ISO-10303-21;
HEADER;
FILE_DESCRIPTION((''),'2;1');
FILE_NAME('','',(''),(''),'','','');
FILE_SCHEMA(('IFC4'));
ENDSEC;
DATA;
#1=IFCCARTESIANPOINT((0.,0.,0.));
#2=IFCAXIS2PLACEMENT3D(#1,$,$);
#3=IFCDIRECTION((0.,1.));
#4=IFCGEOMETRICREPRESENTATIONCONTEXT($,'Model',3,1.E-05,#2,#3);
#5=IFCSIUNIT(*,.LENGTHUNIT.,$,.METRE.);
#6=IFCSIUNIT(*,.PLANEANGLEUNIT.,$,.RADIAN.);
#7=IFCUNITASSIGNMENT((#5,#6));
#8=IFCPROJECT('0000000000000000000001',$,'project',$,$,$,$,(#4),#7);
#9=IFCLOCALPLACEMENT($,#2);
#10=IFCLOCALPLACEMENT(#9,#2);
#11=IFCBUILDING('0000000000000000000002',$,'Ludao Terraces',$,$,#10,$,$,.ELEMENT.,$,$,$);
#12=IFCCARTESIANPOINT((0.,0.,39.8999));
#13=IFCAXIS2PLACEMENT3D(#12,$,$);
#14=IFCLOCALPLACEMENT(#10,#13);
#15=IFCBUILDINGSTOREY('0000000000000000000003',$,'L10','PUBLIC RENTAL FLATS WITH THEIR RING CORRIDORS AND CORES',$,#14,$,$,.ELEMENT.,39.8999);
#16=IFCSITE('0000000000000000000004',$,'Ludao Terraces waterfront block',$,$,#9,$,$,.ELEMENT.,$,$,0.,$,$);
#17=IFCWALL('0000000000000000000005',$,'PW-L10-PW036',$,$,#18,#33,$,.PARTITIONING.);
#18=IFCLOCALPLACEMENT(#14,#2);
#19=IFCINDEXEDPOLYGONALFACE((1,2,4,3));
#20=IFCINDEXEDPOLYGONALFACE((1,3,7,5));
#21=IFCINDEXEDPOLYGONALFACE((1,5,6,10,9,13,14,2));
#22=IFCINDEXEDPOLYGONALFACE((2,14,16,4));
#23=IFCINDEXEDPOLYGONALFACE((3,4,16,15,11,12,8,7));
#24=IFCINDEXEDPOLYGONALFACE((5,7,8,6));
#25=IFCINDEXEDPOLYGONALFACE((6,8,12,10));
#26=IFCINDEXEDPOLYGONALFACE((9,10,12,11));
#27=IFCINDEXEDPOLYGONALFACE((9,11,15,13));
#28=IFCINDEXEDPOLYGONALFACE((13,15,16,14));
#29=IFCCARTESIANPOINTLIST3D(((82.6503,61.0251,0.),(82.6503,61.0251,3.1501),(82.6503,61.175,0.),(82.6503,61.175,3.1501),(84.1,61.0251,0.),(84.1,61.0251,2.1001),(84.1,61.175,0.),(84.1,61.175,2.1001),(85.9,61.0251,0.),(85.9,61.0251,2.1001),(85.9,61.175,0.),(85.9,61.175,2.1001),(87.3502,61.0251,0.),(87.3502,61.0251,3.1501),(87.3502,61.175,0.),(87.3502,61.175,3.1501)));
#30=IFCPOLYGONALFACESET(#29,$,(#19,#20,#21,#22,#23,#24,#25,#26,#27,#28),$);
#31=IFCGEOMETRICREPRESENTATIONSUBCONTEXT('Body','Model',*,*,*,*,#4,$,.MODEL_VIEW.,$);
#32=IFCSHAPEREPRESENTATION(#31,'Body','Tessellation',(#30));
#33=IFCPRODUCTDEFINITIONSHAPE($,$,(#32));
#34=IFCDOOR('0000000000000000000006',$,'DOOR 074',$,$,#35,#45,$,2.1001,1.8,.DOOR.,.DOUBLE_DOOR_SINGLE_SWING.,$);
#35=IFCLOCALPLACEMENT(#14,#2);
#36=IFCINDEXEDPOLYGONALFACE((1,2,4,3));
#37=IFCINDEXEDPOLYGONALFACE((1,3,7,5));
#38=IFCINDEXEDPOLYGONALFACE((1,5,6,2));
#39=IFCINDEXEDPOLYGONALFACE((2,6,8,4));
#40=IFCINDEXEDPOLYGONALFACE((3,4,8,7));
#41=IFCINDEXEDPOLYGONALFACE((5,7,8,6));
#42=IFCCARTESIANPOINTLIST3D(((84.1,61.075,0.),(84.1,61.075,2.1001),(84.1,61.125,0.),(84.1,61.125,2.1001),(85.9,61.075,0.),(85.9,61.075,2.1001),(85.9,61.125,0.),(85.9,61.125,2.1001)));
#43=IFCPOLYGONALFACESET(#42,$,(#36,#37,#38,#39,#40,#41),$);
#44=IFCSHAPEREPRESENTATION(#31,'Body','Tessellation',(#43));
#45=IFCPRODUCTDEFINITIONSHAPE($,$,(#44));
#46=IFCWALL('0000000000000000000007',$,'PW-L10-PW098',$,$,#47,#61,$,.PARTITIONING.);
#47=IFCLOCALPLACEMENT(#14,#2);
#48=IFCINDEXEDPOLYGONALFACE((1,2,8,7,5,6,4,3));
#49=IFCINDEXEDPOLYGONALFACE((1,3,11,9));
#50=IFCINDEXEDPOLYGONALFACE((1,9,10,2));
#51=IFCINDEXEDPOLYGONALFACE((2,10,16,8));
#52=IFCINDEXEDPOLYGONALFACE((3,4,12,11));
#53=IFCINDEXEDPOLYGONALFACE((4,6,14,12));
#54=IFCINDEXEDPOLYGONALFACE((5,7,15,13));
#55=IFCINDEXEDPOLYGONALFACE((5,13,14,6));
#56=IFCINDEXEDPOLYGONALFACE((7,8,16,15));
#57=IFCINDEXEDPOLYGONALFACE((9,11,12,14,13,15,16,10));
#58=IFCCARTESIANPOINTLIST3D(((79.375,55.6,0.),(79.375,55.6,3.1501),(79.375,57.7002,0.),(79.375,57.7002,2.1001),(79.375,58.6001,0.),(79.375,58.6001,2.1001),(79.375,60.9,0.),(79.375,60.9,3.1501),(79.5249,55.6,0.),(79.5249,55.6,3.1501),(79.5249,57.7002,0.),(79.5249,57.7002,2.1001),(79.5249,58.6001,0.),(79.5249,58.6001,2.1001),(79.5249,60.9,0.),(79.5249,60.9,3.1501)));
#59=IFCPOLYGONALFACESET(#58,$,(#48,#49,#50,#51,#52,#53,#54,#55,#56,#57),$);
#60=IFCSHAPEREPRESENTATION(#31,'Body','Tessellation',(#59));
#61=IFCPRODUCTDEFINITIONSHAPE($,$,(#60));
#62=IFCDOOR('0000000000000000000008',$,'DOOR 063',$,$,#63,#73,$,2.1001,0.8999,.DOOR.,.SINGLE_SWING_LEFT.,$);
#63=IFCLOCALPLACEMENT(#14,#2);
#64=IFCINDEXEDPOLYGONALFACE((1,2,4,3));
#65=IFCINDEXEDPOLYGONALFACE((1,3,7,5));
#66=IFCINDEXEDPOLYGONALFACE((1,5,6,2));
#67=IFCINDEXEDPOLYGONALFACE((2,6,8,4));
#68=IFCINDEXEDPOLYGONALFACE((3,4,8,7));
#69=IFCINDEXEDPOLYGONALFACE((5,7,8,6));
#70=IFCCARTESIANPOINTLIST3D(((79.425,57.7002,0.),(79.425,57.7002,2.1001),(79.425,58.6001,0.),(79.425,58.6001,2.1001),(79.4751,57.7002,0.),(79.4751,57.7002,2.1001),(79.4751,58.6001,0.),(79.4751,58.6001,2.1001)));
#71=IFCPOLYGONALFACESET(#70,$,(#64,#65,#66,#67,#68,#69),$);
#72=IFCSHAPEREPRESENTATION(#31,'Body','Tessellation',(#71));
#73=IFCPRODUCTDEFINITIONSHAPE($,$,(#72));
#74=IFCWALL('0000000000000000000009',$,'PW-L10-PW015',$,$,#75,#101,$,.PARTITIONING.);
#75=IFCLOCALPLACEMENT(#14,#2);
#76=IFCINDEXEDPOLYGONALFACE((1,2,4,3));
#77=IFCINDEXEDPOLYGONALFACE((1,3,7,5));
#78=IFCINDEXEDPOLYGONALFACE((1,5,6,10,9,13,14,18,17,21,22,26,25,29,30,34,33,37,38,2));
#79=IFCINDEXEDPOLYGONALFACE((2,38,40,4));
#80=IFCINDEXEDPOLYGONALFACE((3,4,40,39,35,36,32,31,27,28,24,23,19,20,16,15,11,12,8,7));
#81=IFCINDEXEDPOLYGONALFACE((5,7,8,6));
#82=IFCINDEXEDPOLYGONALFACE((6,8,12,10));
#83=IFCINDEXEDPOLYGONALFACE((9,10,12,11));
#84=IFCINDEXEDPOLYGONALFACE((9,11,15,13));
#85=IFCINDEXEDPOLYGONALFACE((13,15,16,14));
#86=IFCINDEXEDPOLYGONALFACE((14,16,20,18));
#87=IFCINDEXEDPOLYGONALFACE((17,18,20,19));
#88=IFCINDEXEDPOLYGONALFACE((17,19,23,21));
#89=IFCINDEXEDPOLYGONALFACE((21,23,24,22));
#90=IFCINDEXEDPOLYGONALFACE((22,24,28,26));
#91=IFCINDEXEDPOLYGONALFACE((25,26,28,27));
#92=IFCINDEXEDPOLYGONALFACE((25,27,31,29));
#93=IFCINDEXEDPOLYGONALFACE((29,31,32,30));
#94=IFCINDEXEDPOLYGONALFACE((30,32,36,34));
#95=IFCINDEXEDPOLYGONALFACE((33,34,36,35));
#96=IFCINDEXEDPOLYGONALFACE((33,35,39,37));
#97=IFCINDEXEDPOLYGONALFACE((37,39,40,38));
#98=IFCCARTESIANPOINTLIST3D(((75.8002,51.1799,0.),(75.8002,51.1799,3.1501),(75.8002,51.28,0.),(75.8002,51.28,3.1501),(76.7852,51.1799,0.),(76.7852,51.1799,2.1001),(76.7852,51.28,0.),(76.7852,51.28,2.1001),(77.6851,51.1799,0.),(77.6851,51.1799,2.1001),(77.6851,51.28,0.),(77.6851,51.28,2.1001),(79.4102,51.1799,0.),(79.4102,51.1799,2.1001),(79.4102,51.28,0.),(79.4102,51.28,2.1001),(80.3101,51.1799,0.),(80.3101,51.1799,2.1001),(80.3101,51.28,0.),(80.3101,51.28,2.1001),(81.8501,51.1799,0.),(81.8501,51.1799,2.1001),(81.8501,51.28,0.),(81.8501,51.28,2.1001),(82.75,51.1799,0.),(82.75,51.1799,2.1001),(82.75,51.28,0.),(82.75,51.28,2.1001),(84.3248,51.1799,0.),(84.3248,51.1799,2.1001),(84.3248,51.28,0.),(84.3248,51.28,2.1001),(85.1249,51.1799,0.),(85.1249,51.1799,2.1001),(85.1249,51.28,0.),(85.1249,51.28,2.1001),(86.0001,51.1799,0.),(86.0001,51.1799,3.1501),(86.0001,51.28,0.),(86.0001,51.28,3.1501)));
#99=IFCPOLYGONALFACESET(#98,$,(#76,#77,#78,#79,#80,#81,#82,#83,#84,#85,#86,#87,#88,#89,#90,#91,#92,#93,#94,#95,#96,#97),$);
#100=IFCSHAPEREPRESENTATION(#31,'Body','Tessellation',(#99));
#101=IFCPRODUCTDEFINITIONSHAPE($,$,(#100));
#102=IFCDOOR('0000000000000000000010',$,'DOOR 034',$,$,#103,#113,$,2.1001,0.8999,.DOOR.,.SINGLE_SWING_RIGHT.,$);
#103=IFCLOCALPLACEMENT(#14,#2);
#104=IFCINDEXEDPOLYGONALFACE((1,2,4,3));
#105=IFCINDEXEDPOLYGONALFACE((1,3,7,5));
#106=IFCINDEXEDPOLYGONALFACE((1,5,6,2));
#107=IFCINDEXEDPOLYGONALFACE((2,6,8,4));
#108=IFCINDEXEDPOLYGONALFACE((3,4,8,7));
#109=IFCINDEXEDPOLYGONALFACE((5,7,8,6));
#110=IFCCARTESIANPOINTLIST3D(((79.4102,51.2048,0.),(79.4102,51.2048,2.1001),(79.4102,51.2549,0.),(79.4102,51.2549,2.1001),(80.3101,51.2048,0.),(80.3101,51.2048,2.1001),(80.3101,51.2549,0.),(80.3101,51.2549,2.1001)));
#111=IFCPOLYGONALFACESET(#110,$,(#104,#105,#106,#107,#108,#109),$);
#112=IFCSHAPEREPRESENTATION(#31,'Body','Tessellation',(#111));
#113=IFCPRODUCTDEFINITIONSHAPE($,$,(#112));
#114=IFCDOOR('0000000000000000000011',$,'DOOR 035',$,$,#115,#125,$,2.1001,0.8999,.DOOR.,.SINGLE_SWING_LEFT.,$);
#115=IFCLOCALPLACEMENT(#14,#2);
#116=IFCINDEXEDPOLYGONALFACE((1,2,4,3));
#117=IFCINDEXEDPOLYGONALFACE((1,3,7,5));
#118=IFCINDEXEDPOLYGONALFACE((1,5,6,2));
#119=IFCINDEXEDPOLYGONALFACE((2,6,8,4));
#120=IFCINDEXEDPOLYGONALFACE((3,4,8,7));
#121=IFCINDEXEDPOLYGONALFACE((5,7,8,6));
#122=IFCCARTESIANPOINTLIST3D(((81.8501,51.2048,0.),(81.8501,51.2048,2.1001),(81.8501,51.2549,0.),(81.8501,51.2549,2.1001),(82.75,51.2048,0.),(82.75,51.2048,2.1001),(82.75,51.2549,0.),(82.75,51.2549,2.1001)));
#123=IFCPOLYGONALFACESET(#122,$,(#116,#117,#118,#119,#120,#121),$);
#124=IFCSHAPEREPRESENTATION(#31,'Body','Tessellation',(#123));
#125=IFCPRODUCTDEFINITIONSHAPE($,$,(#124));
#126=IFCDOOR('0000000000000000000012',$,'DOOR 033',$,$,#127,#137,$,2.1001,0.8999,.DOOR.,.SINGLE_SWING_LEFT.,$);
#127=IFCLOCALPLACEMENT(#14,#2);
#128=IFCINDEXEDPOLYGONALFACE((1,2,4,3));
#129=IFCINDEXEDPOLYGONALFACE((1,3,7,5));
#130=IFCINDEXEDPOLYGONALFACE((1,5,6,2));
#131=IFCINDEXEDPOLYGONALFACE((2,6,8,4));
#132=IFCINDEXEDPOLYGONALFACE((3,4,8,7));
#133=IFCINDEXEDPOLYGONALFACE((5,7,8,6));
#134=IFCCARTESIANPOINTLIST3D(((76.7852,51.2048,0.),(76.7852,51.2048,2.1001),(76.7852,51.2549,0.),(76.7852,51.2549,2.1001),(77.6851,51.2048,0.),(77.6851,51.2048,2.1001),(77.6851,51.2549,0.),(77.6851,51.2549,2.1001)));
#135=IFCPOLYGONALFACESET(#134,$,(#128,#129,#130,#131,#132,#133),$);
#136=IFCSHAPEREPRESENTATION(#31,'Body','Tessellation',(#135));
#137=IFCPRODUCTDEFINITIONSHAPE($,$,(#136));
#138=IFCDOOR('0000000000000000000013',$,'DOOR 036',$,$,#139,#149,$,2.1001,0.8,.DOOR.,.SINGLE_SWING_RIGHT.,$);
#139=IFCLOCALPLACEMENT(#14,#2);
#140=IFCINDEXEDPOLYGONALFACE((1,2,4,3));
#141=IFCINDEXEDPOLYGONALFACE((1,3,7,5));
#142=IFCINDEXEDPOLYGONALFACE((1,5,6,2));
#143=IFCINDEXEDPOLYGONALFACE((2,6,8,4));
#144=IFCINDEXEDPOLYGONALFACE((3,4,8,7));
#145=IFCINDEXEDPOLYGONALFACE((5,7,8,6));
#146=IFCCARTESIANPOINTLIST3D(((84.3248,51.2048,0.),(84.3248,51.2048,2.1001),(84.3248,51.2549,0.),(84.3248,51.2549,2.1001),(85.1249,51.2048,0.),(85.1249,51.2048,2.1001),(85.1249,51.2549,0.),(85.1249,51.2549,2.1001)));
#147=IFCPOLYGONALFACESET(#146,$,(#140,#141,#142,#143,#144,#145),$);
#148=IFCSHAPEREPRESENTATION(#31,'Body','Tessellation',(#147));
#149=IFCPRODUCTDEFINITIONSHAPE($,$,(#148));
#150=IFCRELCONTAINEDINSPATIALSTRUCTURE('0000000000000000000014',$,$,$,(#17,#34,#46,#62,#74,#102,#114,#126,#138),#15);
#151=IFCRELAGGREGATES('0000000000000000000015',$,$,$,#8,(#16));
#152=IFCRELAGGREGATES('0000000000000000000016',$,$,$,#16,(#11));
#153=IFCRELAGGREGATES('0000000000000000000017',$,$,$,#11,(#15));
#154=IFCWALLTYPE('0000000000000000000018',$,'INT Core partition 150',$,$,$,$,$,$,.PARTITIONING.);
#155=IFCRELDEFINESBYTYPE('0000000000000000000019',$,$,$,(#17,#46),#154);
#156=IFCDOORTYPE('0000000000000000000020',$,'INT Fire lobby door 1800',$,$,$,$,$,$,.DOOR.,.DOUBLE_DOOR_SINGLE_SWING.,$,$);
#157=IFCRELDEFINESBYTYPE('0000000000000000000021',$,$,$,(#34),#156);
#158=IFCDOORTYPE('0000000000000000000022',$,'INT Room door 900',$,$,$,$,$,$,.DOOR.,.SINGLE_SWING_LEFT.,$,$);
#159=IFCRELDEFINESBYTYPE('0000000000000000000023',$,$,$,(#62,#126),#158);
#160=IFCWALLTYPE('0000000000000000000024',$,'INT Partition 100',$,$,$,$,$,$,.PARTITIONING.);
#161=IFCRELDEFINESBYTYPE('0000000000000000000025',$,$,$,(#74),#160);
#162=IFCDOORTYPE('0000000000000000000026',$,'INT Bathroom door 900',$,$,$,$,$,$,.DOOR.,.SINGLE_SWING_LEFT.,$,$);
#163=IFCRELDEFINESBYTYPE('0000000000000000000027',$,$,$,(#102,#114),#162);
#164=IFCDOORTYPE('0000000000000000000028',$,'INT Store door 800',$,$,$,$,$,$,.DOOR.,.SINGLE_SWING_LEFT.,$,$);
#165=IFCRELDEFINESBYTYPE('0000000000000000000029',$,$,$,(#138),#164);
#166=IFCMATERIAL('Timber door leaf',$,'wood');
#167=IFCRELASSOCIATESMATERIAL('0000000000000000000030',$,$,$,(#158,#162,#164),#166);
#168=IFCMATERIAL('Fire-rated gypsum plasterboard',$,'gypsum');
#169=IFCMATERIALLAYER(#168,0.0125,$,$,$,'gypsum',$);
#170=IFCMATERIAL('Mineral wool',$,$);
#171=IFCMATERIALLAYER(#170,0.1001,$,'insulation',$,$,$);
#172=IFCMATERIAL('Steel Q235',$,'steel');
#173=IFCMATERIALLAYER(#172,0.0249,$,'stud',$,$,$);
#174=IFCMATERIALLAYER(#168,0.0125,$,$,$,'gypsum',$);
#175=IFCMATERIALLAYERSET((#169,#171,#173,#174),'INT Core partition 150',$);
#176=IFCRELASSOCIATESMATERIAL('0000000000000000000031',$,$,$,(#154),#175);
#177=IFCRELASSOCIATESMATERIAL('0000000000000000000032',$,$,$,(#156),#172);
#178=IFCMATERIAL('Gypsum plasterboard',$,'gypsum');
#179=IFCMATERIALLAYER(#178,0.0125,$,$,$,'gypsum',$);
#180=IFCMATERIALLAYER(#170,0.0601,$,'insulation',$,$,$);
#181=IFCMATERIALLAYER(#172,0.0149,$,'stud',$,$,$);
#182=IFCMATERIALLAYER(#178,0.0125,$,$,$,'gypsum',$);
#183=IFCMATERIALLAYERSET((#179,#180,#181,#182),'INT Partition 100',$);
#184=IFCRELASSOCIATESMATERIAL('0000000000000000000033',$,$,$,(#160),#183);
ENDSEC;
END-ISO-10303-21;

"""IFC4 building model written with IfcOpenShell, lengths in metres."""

from ifc_helpers import new_model, si_unit, direction, frame, frame_2d, origin, place, context, subcontext, project, spatial, rectangle, extrude, material, layer, layer_set, type_object, element, fill, save


model = new_model("IFC4")

# Units and contexts
model_context = context("Model", 3, precision=1e-05, world=origin(), true_north=direction((0.0, 1.0)))
body_context = subcontext(model_context, "Body", "Model", "MODEL_VIEW")
ifc_project = project(units=[si_unit("LENGTHUNIT", "METRE"), si_unit("PLANEANGLEUNIT", "RADIAN")], contexts=[model_context])

# Site, building, storey
site_placement = place(None, origin())
site = spatial("IfcSite", under=ifc_project, at=site_placement, Name="Ludao Terraces waterfront block", CompositionType="ELEMENT", RefElevation=0.0)
building_placement = place(site_placement, origin())
building = spatial("IfcBuilding", under=site, at=building_placement, Name="Ludao Terraces", CompositionType="ELEMENT")
storey_placement = place(building_placement, frame((0.0, 0.0, 39.8999)))
storey = spatial("IfcBuildingStorey", under=building, at=storey_placement, Name="L10", Description="PUBLIC RENTAL FLATS WITH THEIR RING CORRIDORS AND CORES", CompositionType="ELEMENT", Elevation=39.8999)

# Shared definitions
ifc_material_1 = material(Name="Steel Q235", Category="steel")
ifc_material_2 = material(Name="Timber door leaf", Category="wood")
door_type_1 = type_object("IfcDoorType", Name="INT Room door 900", OperationType="SINGLE_SWING_LEFT", PredefinedType="DOOR", material=ifc_material_2)

# Walls, openings, doors
ifc_material_3 = material(Name="Fire-rated gypsum plasterboard", Category="gypsum")
ifc_layer_1 = layer(ifc_material_3, 0.0125, Category="gypsum")
ifc_material_4 = material(Name="Mineral wool")
ifc_layer_2 = layer(ifc_material_4, 0.1001, Name="insulation")
ifc_layer_3 = layer(ifc_material_1, 0.0249, Name="stud")
ifc_layer_4 = layer(ifc_material_3, 0.0125, Category="gypsum")
ifc_layer_set_1 = layer_set([ifc_layer_1, ifc_layer_2, ifc_layer_3, ifc_layer_4], Name="INT Core partition 150")
wall_type_1 = type_object("IfcWallType", Name="INT Core partition 150", PredefinedType="PARTITIONING", material=ifc_layer_set_1)
wall_1_placement = place(storey_placement, frame((82.6501, 61.1001, 0.0), z_axis=(0.0, 0.0, 1.0), x_axis=(1.0, 0.0, 0.0)))
wall_1 = element("IfcWall", 1, at=wall_1_placement, inside=storey, type_object=wall_type_1, Name="PW-L10-PW036", PredefinedType="PARTITIONING", context=body_context, shape_type="SweptSolid", body=[
    extrude(rectangle(XDim=4.7, YDim=0.1499, at=frame_2d((2.3501, 0.0))), origin(), (0.0, 0.0, 1.0), 3.1501),
])
opening_1_placement = place(wall_1_placement, frame((1.45, 0.0, 0.0)))
opening_1 = element("IfcOpeningElement", 2, at=opening_1_placement, cuts=wall_1, PredefinedType="OPENING", context=body_context, shape_type="SweptSolid", body=[
    extrude(rectangle(XDim=1.8, YDim=2.1001, at=frame_2d((0.8999, 1.05))), frame((0.0, 0.085, 0.0), z_axis=(0.0, -1.0, 0.0), x_axis=(1.0, 0.0, 0.0)), (0.0, 0.0, 1.0), 0.1699),
])
door_type_2 = type_object("IfcDoorType", Name="INT Fire lobby door 1800", OperationType="DOUBLE_DOOR_SINGLE_SWING", PredefinedType="DOOR", material=ifc_material_1)
door_1_placement = place(opening_1_placement, origin())
door_1 = element("IfcDoor", 3, at=door_1_placement, inside=storey, type_object=door_type_2, Name="DOOR 074", OperationType="DOUBLE_DOOR_SINGLE_SWING", OverallHeight=2.1001, OverallWidth=1.8, PredefinedType="DOOR", context=body_context, shape_type="SweptSolid", body=[
    extrude(rectangle(XDim=1.8, YDim=2.1001, at=frame_2d((0.8999, 1.05))), frame((0.0, 0.0249, 0.0), z_axis=(0.0, -1.0, 0.0), x_axis=(1.0, 0.0, 0.0)), (0.0, 0.0, 1.0), 0.05),
])
fill(opening_1, door_1)
wall_2_placement = place(storey_placement, frame((79.45, 55.6001, 0.0), z_axis=(0.0, 0.0, 1.0), x_axis=(0.0, 1.0, 0.0)))
wall_2 = element("IfcWall", 4, at=wall_2_placement, inside=storey, type_object=wall_type_1, Name="PW-L10-PW098", PredefinedType="PARTITIONING", context=body_context, shape_type="SweptSolid", body=[
    extrude(rectangle(XDim=5.3, YDim=0.1499, at=frame_2d((2.6499, 0.0))), origin(), (0.0, 0.0, 1.0), 3.1501),
])
opening_2_placement = place(wall_2_placement, frame((2.1001, 0.0, 0.0)))
opening_2 = element("IfcOpeningElement", 5, at=opening_2_placement, cuts=wall_2, PredefinedType="OPENING", context=body_context, shape_type="SweptSolid", body=[
    extrude(rectangle(XDim=0.8999, YDim=2.1001, at=frame_2d((0.45, 1.05))), frame((0.0, 0.085, 0.0), z_axis=(0.0, -1.0, 0.0), x_axis=(1.0, 0.0, 0.0)), (0.0, 0.0, 1.0), 0.1699),
])
door_2_placement = place(opening_2_placement, origin())
door_2 = element("IfcDoor", 6, at=door_2_placement, inside=storey, type_object=door_type_1, Name="DOOR 063", OperationType="SINGLE_SWING_LEFT", OverallHeight=2.1001, OverallWidth=0.8999, PredefinedType="DOOR", context=body_context, shape_type="SweptSolid", body=[
    extrude(rectangle(XDim=0.8999, YDim=2.1001, at=frame_2d((0.45, 1.05))), frame((0.0, 0.0249, 0.0), z_axis=(0.0, -1.0, 0.0), x_axis=(1.0, 0.0, 0.0)), (0.0, 0.0, 1.0), 0.05),
])
fill(opening_2, door_2)

# Wall, openings, doors
ifc_material_5 = material(Name="Gypsum plasterboard", Category="gypsum")
ifc_layer_5 = layer(ifc_material_5, 0.0125, Category="gypsum")
ifc_layer_6 = layer(ifc_material_4, 0.0601, Name="insulation")
ifc_layer_7 = layer(ifc_material_1, 0.0149, Name="stud")
ifc_layer_8 = layer(ifc_material_5, 0.0125, Category="gypsum")
ifc_layer_set_2 = layer_set([ifc_layer_5, ifc_layer_6, ifc_layer_7, ifc_layer_8], Name="INT Partition 100")
wall_type_2 = type_object("IfcWallType", Name="INT Partition 100", PredefinedType="PARTITIONING", material=ifc_layer_set_2)
wall_3_placement = place(storey_placement, frame((75.8, 51.23, 0.0), z_axis=(0.0, 0.0, 1.0), x_axis=(1.0, 0.0, 0.0)))
wall_3 = element("IfcWall", 7, at=wall_3_placement, inside=storey, type_object=wall_type_2, Name="PW-L10-PW015", PredefinedType="PARTITIONING", context=body_context, shape_type="SweptSolid", body=[
    extrude(rectangle(XDim=10.2, YDim=0.1001, at=frame_2d((5.1001, 0.0))), origin(), (0.0, 0.0, 1.0), 3.1501),
])
opening_3_placement = place(wall_3_placement, frame((0.9851, 0.0, 0.0)))
opening_3 = element("IfcOpeningElement", 8, at=opening_3_placement, cuts=wall_3, PredefinedType="OPENING", context=body_context, shape_type="SweptSolid", body=[
    extrude(rectangle(XDim=0.8999, YDim=2.1001, at=frame_2d((0.45, 1.05))), frame((0.0, 0.0601, 0.0), z_axis=(0.0, -1.0, 0.0), x_axis=(1.0, 0.0, 0.0)), (0.0, 0.0, 1.0), 0.1201),
])
opening_4_placement = place(wall_3_placement, frame((3.6101, 0.0, 0.0)))
opening_4 = element("IfcOpeningElement", 9, at=opening_4_placement, cuts=wall_3, PredefinedType="OPENING", context=body_context, shape_type="SweptSolid", body=[
    extrude(rectangle(XDim=0.8999, YDim=2.1001, at=frame_2d((0.45, 1.05))), frame((0.0, 0.0601, 0.0), z_axis=(0.0, -1.0, 0.0), x_axis=(1.0, 0.0, 0.0)), (0.0, 0.0, 1.0), 0.1201),
])
opening_5_placement = place(wall_3_placement, frame((6.05, 0.0, 0.0)))
opening_5 = element("IfcOpeningElement", 10, at=opening_5_placement, cuts=wall_3, PredefinedType="OPENING", context=body_context, shape_type="SweptSolid", body=[
    extrude(rectangle(XDim=0.8999, YDim=2.1001, at=frame_2d((0.45, 1.05))), frame((0.0, 0.0601, 0.0), z_axis=(0.0, -1.0, 0.0), x_axis=(1.0, 0.0, 0.0)), (0.0, 0.0, 1.0), 0.1201),
])
opening_6_placement = place(wall_3_placement, frame((8.5249, 0.0, 0.0)))
opening_6 = element("IfcOpeningElement", 11, at=opening_6_placement, cuts=wall_3, PredefinedType="OPENING", context=body_context, shape_type="SweptSolid", body=[
    extrude(rectangle(XDim=0.8, YDim=2.1001, at=frame_2d((0.3999, 1.05))), frame((0.0, 0.0601, 0.0), z_axis=(0.0, -1.0, 0.0), x_axis=(1.0, 0.0, 0.0)), (0.0, 0.0, 1.0), 0.1201),
])
door_type_3 = type_object("IfcDoorType", Name="INT Bathroom door 900", OperationType="SINGLE_SWING_LEFT", PredefinedType="DOOR", material=ifc_material_2)
door_3_placement = place(opening_4_placement, origin())
door_3 = element("IfcDoor", 12, at=door_3_placement, inside=storey, type_object=door_type_3, Name="DOOR 034", OperationType="SINGLE_SWING_RIGHT", OverallHeight=2.1001, OverallWidth=0.8999, PredefinedType="DOOR", context=body_context, shape_type="SweptSolid", body=[
    extrude(rectangle(XDim=0.8999, YDim=2.1001, at=frame_2d((0.45, 1.05))), frame((0.0, 0.0249, 0.0), z_axis=(0.0, -1.0, 0.0), x_axis=(1.0, 0.0, 0.0)), (0.0, 0.0, 1.0), 0.05),
])
fill(opening_4, door_3)
door_4_placement = place(opening_5_placement, origin())
door_4 = element("IfcDoor", 13, at=door_4_placement, inside=storey, type_object=door_type_3, Name="DOOR 035", OperationType="SINGLE_SWING_LEFT", OverallHeight=2.1001, OverallWidth=0.8999, PredefinedType="DOOR", context=body_context, shape_type="SweptSolid", body=[
    extrude(rectangle(XDim=0.8999, YDim=2.1001, at=frame_2d((0.45, 1.05))), frame((0.0, 0.0249, 0.0), z_axis=(0.0, -1.0, 0.0), x_axis=(1.0, 0.0, 0.0)), (0.0, 0.0, 1.0), 0.05),
])
fill(opening_5, door_4)
door_5_placement = place(opening_3_placement, origin())
door_5 = element("IfcDoor", 14, at=door_5_placement, inside=storey, type_object=door_type_1, Name="DOOR 033", OperationType="SINGLE_SWING_LEFT", OverallHeight=2.1001, OverallWidth=0.8999, PredefinedType="DOOR", context=body_context, shape_type="SweptSolid", body=[
    extrude(rectangle(XDim=0.8999, YDim=2.1001, at=frame_2d((0.45, 1.05))), frame((0.0, 0.0249, 0.0), z_axis=(0.0, -1.0, 0.0), x_axis=(1.0, 0.0, 0.0)), (0.0, 0.0, 1.0), 0.05),
])
fill(opening_3, door_5)
door_type_4 = type_object("IfcDoorType", Name="INT Store door 800", OperationType="SINGLE_SWING_LEFT", PredefinedType="DOOR", material=ifc_material_2)
door_6_placement = place(opening_6_placement, origin())
door_6 = element("IfcDoor", 15, at=door_6_placement, inside=storey, type_object=door_type_4, Name="DOOR 036", OperationType="SINGLE_SWING_RIGHT", OverallHeight=2.1001, OverallWidth=0.8, PredefinedType="DOOR", context=body_context, shape_type="SweptSolid", body=[
    extrude(rectangle(XDim=0.8, YDim=2.1001, at=frame_2d((0.3999, 1.05))), frame((0.0, 0.0249, 0.0), z_axis=(0.0, -1.0, 0.0), x_axis=(1.0, 0.0, 0.0)), (0.0, 0.0, 1.0), 0.05),
])
fill(opening_6, door_6)

save(model, "model.ifc")
